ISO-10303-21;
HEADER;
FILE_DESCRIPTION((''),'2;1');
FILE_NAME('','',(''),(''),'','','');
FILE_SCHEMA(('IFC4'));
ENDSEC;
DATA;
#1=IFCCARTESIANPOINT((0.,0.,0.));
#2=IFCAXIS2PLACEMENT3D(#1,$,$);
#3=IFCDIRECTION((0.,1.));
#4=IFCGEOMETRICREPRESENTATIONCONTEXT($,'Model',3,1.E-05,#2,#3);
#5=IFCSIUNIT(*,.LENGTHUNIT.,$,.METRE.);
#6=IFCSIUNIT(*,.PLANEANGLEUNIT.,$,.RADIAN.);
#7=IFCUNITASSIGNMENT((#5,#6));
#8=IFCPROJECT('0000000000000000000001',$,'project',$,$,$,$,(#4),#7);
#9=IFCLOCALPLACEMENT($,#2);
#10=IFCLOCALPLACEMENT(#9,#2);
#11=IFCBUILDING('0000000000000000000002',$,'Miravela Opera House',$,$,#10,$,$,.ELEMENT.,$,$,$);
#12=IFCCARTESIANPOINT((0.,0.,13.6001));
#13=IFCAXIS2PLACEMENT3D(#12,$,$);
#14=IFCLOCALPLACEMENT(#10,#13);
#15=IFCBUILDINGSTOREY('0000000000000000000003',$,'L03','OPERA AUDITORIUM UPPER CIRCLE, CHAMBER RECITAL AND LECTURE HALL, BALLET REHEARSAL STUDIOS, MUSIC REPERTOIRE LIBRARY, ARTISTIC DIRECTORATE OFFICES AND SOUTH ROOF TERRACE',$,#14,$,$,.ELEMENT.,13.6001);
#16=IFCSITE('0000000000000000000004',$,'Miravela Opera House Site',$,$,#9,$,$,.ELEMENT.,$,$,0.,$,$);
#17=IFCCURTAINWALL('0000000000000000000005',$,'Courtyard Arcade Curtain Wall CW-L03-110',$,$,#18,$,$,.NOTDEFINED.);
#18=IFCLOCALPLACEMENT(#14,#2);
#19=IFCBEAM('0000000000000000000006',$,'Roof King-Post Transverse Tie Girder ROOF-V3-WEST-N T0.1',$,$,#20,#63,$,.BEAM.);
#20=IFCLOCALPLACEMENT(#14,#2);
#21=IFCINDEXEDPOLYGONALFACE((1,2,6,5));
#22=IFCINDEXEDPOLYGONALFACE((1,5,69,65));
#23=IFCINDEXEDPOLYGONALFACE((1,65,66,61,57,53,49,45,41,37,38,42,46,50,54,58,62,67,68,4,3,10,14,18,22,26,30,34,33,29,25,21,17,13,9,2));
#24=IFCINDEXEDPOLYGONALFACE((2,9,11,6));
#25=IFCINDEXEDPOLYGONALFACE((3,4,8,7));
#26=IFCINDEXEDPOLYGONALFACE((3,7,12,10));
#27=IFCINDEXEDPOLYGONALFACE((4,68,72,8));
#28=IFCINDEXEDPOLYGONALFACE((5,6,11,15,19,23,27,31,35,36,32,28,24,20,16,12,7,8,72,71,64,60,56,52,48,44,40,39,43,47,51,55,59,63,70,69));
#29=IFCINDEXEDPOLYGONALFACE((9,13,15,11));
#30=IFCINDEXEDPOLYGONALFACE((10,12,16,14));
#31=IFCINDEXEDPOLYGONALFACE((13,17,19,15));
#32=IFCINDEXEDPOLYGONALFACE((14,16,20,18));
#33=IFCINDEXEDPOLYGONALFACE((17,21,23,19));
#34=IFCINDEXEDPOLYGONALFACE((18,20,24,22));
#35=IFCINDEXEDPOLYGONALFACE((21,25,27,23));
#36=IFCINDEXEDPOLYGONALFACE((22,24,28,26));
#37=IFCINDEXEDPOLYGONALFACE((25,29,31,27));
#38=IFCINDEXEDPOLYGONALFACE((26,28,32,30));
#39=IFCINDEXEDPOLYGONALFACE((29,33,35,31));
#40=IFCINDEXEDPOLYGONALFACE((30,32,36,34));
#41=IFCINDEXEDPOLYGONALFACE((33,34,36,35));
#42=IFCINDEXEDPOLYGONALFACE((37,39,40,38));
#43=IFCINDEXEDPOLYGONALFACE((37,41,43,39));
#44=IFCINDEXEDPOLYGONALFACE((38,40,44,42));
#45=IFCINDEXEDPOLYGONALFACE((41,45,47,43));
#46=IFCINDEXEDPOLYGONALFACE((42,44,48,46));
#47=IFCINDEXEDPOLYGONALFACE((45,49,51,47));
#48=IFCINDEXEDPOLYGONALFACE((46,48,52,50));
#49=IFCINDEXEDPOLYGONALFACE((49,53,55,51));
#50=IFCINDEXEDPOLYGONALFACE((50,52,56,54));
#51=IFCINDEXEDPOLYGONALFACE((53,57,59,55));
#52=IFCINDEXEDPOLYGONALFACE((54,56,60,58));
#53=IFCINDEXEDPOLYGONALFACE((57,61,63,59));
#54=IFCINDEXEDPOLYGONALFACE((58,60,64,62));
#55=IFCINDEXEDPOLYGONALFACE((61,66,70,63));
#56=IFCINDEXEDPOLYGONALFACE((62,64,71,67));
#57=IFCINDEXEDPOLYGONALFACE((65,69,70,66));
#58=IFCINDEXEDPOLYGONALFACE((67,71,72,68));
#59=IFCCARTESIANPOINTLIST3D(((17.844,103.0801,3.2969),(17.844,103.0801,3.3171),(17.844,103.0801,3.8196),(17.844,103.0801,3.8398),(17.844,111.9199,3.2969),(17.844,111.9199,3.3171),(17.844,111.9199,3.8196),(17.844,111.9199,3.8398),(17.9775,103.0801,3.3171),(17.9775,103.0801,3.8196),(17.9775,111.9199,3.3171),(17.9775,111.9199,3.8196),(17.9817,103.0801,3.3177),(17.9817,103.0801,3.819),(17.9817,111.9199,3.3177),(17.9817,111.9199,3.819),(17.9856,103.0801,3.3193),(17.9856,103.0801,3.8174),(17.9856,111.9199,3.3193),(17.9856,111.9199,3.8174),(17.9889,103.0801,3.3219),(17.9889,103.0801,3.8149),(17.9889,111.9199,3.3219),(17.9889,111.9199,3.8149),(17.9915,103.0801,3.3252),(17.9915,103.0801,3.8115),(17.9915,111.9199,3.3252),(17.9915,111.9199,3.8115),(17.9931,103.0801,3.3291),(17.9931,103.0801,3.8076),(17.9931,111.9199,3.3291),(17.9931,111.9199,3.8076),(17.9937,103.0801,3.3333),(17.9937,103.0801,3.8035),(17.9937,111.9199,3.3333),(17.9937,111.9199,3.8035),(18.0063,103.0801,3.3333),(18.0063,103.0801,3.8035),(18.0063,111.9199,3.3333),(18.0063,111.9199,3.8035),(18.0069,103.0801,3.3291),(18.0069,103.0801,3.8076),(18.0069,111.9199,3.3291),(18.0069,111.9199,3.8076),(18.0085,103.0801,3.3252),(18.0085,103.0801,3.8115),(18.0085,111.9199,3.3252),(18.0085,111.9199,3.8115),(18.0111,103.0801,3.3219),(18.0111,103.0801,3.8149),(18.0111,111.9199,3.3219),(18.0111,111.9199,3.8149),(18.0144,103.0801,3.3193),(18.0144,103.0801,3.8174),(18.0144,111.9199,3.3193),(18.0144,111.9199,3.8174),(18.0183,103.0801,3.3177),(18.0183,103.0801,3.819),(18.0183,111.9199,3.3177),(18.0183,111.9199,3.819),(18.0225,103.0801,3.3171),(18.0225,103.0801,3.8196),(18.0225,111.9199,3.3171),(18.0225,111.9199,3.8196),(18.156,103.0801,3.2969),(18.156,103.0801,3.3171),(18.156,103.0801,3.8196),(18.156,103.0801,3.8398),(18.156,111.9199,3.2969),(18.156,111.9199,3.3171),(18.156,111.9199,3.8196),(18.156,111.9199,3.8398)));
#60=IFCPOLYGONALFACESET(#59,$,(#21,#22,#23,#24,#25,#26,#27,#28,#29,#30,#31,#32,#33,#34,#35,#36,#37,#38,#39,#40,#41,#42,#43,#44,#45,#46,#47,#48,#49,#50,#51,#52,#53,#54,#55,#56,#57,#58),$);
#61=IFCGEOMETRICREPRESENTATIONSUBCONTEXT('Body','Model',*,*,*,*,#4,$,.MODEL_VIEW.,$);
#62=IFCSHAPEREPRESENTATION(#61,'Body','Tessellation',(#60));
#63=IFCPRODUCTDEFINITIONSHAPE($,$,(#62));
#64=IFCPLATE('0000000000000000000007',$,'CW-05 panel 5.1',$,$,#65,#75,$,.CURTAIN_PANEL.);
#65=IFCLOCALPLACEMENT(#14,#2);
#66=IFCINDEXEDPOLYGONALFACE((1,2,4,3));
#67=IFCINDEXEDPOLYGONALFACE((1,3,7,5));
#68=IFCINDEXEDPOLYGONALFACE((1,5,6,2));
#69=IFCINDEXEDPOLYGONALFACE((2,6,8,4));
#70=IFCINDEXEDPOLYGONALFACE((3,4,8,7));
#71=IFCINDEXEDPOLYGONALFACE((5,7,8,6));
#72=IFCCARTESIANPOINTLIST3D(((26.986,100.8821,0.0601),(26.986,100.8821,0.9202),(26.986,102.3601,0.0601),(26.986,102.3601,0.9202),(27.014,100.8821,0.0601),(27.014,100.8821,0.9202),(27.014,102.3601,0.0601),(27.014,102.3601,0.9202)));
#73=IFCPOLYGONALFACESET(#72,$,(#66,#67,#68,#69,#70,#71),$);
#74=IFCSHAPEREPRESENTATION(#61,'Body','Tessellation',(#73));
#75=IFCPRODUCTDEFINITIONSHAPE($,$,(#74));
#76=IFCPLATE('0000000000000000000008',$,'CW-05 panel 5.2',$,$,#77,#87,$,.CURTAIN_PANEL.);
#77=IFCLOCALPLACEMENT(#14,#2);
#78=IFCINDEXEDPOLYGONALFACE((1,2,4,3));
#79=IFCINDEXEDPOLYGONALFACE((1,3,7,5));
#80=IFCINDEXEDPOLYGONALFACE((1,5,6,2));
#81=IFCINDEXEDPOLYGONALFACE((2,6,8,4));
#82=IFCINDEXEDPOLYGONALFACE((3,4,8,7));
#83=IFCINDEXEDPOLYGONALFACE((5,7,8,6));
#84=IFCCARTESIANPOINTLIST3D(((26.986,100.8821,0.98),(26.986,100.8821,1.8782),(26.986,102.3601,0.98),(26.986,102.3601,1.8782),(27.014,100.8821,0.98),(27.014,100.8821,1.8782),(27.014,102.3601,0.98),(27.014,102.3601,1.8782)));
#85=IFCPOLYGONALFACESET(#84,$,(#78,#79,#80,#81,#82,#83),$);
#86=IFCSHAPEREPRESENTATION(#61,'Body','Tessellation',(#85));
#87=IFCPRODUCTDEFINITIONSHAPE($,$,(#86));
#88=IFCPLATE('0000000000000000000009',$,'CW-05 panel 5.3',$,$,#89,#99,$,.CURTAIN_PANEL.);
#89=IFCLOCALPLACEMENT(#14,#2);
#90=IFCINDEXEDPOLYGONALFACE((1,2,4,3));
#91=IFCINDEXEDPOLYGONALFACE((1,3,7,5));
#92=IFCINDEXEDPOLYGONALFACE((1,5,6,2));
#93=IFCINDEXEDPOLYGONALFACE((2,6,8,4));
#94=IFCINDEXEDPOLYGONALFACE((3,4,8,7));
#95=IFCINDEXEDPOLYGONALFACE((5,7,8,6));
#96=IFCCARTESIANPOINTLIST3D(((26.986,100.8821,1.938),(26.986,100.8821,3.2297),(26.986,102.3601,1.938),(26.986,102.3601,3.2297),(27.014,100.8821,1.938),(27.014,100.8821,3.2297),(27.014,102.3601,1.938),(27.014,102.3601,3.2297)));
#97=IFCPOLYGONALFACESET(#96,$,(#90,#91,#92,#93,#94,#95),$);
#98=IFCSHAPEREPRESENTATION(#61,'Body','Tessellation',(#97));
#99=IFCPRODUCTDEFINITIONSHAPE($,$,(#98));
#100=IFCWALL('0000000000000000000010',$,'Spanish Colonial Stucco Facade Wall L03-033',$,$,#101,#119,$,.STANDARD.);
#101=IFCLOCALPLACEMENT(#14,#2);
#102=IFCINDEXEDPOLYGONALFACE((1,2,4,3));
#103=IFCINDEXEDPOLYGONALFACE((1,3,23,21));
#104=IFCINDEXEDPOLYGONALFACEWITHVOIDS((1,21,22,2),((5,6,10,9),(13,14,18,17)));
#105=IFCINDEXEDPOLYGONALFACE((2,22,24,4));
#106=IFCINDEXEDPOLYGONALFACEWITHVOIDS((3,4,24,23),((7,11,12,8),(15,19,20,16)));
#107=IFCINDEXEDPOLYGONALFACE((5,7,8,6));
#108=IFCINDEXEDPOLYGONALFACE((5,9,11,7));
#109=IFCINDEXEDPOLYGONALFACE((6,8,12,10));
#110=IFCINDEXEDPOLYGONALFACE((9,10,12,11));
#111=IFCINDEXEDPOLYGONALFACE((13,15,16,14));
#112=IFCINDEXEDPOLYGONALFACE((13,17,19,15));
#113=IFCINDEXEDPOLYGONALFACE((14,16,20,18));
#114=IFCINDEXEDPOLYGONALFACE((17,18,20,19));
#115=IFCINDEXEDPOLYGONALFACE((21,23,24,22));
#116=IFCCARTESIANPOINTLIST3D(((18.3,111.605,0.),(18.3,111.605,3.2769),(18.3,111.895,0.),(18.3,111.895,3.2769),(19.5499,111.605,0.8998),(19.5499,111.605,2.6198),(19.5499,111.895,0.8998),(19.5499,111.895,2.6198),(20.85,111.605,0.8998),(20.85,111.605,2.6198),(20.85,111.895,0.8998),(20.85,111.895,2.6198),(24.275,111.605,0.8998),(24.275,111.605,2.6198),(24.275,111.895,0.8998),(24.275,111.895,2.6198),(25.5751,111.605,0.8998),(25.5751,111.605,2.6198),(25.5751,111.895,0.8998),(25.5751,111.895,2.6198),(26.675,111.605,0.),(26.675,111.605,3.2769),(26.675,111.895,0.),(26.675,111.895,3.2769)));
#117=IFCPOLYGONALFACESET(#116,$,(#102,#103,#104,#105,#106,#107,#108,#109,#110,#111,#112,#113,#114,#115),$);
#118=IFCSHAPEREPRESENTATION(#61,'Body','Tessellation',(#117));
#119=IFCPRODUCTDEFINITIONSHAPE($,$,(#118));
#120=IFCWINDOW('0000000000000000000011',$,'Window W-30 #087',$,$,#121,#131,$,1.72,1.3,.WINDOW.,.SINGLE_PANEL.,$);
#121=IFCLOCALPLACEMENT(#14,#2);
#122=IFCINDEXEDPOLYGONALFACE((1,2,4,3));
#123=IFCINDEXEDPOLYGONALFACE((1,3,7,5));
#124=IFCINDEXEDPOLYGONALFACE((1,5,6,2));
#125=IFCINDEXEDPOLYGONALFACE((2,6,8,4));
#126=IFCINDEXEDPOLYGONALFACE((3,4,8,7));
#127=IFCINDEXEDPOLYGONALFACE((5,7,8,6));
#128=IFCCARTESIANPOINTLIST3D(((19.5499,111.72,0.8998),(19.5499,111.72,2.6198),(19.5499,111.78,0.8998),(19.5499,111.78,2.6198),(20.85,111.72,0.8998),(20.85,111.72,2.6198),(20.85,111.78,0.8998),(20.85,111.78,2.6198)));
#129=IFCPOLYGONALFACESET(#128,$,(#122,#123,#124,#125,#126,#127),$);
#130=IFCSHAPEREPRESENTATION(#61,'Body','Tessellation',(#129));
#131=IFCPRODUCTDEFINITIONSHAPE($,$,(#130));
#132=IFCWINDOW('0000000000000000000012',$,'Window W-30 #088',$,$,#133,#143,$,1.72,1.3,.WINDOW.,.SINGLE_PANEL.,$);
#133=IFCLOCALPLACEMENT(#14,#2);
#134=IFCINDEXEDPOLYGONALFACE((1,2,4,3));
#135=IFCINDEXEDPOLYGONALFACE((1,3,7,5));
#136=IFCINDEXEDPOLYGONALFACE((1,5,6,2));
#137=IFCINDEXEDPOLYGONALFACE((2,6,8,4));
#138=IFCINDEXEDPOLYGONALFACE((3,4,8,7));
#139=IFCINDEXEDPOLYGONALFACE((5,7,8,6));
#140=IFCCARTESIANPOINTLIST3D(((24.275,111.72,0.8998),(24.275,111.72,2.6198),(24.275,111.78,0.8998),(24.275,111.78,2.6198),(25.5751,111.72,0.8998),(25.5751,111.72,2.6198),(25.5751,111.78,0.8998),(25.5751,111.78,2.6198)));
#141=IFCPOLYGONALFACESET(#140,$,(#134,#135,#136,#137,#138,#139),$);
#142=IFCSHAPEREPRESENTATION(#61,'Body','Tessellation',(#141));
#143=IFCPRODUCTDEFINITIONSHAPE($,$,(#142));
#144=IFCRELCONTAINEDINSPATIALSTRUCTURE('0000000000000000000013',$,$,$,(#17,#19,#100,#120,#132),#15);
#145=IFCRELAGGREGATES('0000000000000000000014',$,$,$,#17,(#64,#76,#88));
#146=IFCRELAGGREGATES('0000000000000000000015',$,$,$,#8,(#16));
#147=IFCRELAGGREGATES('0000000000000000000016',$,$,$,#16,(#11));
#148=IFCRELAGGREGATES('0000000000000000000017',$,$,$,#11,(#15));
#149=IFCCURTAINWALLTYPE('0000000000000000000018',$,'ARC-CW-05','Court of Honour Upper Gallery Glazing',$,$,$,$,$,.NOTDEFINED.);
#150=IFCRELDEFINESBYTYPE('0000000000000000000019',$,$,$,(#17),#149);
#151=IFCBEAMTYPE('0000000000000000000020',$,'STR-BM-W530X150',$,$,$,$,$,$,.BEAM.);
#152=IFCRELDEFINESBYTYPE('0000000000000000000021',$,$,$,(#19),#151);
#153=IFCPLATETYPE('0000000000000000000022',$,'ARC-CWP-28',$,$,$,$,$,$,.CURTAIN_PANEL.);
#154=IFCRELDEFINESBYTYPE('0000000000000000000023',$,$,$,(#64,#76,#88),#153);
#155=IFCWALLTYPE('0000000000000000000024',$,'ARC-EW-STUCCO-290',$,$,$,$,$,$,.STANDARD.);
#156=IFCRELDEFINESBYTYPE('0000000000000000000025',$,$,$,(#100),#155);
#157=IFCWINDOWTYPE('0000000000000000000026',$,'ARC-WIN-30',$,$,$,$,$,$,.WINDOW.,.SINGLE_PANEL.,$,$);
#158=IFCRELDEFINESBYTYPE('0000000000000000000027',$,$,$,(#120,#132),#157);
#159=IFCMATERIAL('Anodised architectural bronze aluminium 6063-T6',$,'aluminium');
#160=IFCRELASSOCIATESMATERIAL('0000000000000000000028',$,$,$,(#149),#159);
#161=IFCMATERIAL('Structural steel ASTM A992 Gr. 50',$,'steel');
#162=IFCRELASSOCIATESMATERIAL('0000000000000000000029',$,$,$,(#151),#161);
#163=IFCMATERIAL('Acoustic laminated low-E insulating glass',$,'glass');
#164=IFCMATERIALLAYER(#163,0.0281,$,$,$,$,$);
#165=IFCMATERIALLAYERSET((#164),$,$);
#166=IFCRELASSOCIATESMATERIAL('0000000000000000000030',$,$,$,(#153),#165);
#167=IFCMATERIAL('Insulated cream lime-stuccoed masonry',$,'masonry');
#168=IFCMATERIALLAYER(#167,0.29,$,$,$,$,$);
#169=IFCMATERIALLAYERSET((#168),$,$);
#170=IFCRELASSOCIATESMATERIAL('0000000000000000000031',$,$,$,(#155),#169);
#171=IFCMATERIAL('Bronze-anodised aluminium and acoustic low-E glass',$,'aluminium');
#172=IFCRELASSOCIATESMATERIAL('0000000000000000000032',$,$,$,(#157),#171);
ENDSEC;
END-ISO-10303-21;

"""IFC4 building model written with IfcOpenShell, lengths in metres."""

from ifc_helpers import new_model, si_unit, direction, frame, frame_2d, origin, origin_2d, place, context, subcontext, project, spatial, rectangle, i_section, extrude, material, layer, layer_set, material_profile, profile_set, type_object, element, fill, aggregate, save


model = new_model("IFC4")

# Units and contexts
model_context = context("Model", 3, precision=1e-05, world=origin(), true_north=direction((0.0, 1.0)))
body_context = subcontext(model_context, "Body", "Model", "MODEL_VIEW")
ifc_project = project(units=[si_unit("LENGTHUNIT", "METRE"), si_unit("PLANEANGLEUNIT", "RADIAN")], contexts=[model_context])

# Site, building, storey
site_placement = place(None, origin())
site = spatial("IfcSite", under=ifc_project, at=site_placement, Name="Miravela Opera House Site", CompositionType="ELEMENT", RefElevation=0.0)
building_placement = place(site_placement, origin())
building = spatial("IfcBuilding", under=site, at=building_placement, Name="Miravela Opera House", CompositionType="ELEMENT")
storey_placement = place(building_placement, frame((0.0, 0.0, 13.6001)))
storey = spatial("IfcBuildingStorey", under=building, at=storey_placement, Name="L03", Description="OPERA AUDITORIUM UPPER CIRCLE, CHAMBER RECITAL AND LECTURE HALL, BALLET REHEARSAL STUDIOS, MUSIC REPERTOIRE LIBRARY, ARTISTIC DIRECTORATE OFFICES AND SOUTH ROOF TERRACE", CompositionType="ELEMENT", Elevation=13.6001)

# Curtain wall
ifc_material_1 = material(Name="Anodised architectural bronze aluminium 6063-T6", Category="aluminium")
curtain_wall_type = type_object("IfcCurtainWallType", Name="ARC-CW-05", Description="Court of Honour Upper Gallery Glazing", PredefinedType="NOTDEFINED", material=ifc_material_1)
curtain_wall_placement = place(storey_placement, origin())
curtain_wall = element("IfcCurtainWall", 1, at=curtain_wall_placement, inside=storey, type_object=curtain_wall_type, Name="Courtyard Arcade Curtain Wall CW-L03-110", PredefinedType="NOTDEFINED")

# Beam
ifc_material_2 = material(Name="Structural steel ASTM A992 Gr. 50", Category="steel")
ifc_material_profile_1 = material_profile(ifc_material_2, i_section(OverallWidth=0.312, OverallDepth=0.543, WebThickness=0.0127, FlangeThickness=0.0203, FilletRadius=0.0161, at=origin_2d()), Name="W530X150")
ifc_profile_set_1 = profile_set([ifc_material_profile_1])
beam_type = type_object("IfcBeamType", Name="STR-BM-W530X150", PredefinedType="BEAM", material=ifc_profile_set_1)
for number, where, z_axis, x_axis, name in (
    (2, (18.0, 103.0801, 3.5684), (0.0, 1.0, 0.0), (-1.0, 0.0, 0.0), "Roof King-Post Transverse Tie Girder ROOF-V3-WEST-N T0.1"),
):
    element("IfcBeam", number, at=place(storey_placement, frame(where, z_axis=z_axis, x_axis=x_axis)), inside=storey, type_object=beam_type, Name=name, PredefinedType="BEAM", context=body_context, shape_type="SweptSolid", body=[
        extrude(i_section(OverallWidth=0.312, OverallDepth=0.543, WebThickness=0.0127, FlangeThickness=0.0203, FilletRadius=0.0161, at=origin_2d()), origin(), (0.0, 0.0, 1.0), 8.8398),
    ])

# Plates
ifc_material_3 = material(Name="Acoustic laminated low-E insulating glass", Category="glass")
ifc_layer_1 = layer(ifc_material_3, 0.0281)
ifc_layer_set_1 = layer_set([ifc_layer_1])
plate_type = type_object("IfcPlateType", Name="ARC-CWP-28", PredefinedType="CURTAIN_PANEL", material=ifc_layer_set_1)
plate_1_placement = place(storey_placement, frame((27.0, 101.6211, 0.0601), z_axis=(0.0, 0.0, 1.0), x_axis=(0.0, 1.0, 0.0)))
plate_1 = element("IfcPlate", 3, at=plate_1_placement, type_object=plate_type, Name="CW-05 panel 5.1", PredefinedType="CURTAIN_PANEL", context=body_context, shape_type="SweptSolid", body=[
    extrude(rectangle(XDim=1.478, YDim=0.0281, at=origin_2d()), origin(), (0.0, 0.0, 1.0), 0.8601),
])
plate_2_placement = place(storey_placement, frame((27.0, 101.6211, 0.98), z_axis=(0.0, 0.0, 1.0), x_axis=(0.0, 1.0, 0.0)))
plate_2 = element("IfcPlate", 4, at=plate_2_placement, type_object=plate_type, Name="CW-05 panel 5.2", PredefinedType="CURTAIN_PANEL", context=body_context, shape_type="SweptSolid", body=[
    extrude(rectangle(XDim=1.478, YDim=0.0281, at=origin_2d()), origin(), (0.0, 0.0, 1.0), 0.8982),
])
plate_3_placement = place(storey_placement, frame((27.0, 101.6211, 1.938), z_axis=(0.0, 0.0, 1.0), x_axis=(0.0, 1.0, 0.0)))
plate_3 = element("IfcPlate", 5, at=plate_3_placement, type_object=plate_type, Name="CW-05 panel 5.3", PredefinedType="CURTAIN_PANEL", context=body_context, shape_type="SweptSolid", body=[
    extrude(rectangle(XDim=1.478, YDim=0.0281, at=origin_2d()), origin(), (0.0, 0.0, 1.0), 1.2917),
])
aggregate(curtain_wall, [plate_1, plate_2, plate_3])

# Wall, openings, windows
ifc_material_4 = material(Name="Insulated cream lime-stuccoed masonry", Category="masonry")
ifc_layer_2 = layer(ifc_material_4, 0.29)
ifc_layer_set_2 = layer_set([ifc_layer_2])
wall_type_1 = type_object("IfcWallType", Name="ARC-EW-STUCCO-290", PredefinedType="STANDARD", material=ifc_layer_set_2)
wall_1_placement = place(storey_placement, frame((18.3, 111.75, 0.0), z_axis=(0.0, 0.0, 1.0), x_axis=(1.0, 0.0, 0.0)))
wall_1 = element("IfcWall", 6, at=wall_1_placement, inside=storey, type_object=wall_type_1, Name="Spanish Colonial Stucco Facade Wall L03-033", PredefinedType="STANDARD", context=body_context, shape_type="SweptSolid", body=[
    extrude(rectangle(XDim=8.375, YDim=0.29, at=frame_2d((4.1875, 0.0))), origin(), (0.0, 0.0, 1.0), 3.2769),
])
opening_1_placement = place(wall_1_placement, frame((1.25, 0.0, 0.8999)))
opening_1 = element("IfcOpeningElement", 7, at=opening_1_placement, cuts=wall_1, PredefinedType="OPENING", context=body_context, shape_type="SweptSolid", body=[
    extrude(rectangle(XDim=1.3, YDim=1.72, at=frame_2d((0.6499, 0.8599))), frame((0.0, 0.155, 0.0), z_axis=(0.0, -1.0, 0.0), x_axis=(1.0, 0.0, 0.0)), (0.0, 0.0, 1.0), 0.3101),
])
opening_2_placement = place(wall_1_placement, frame((5.9751, 0.0, 0.8999)))
opening_2 = element("IfcOpeningElement", 8, at=opening_2_placement, cuts=wall_1, PredefinedType="OPENING", context=body_context, shape_type="SweptSolid", body=[
    extrude(rectangle(XDim=1.3, YDim=1.72, at=frame_2d((0.6499, 0.8599))), frame((0.0, 0.155, 0.0), z_axis=(0.0, -1.0, 0.0), x_axis=(1.0, 0.0, 0.0)), (0.0, 0.0, 1.0), 0.3101),
])
ifc_material_5 = material(Name="Bronze-anodised aluminium and acoustic low-E glass", Category="aluminium")
window_type_1 = type_object("IfcWindowType", Name="ARC-WIN-30", PartitioningType="SINGLE_PANEL", PredefinedType="WINDOW", material=ifc_material_5)
window_1_placement = place(opening_1_placement, origin())
window_1 = element("IfcWindow", 9, at=window_1_placement, inside=storey, type_object=window_type_1, Name="Window W-30 #087", OverallHeight=1.72, OverallWidth=1.3, PartitioningType="SINGLE_PANEL", PredefinedType="WINDOW", context=body_context, shape_type="SweptSolid", body=[
    extrude(rectangle(XDim=1.3, YDim=1.72, at=frame_2d((0.6499, 0.8599))), frame((0.0, 0.03, 0.0), z_axis=(0.0, -1.0, 0.0), x_axis=(1.0, 0.0, 0.0)), (0.0, 0.0, 1.0), 0.0601),
])
fill(opening_1, window_1)
window_2_placement = place(opening_2_placement, origin())
window_2 = element("IfcWindow", 10, at=window_2_placement, inside=storey, type_object=window_type_1, Name="Window W-30 #088", OverallHeight=1.72, OverallWidth=1.3, PartitioningType="SINGLE_PANEL", PredefinedType="WINDOW", context=body_context, shape_type="SweptSolid", body=[
    extrude(rectangle(XDim=1.3, YDim=1.72, at=frame_2d((0.6499, 0.8599))), frame((0.0, 0.03, 0.0), z_axis=(0.0, -1.0, 0.0), x_axis=(1.0, 0.0, 0.0)), (0.0, 0.0, 1.0), 0.0601),
])
fill(opening_2, window_2)

save(model, "model.ifc")
